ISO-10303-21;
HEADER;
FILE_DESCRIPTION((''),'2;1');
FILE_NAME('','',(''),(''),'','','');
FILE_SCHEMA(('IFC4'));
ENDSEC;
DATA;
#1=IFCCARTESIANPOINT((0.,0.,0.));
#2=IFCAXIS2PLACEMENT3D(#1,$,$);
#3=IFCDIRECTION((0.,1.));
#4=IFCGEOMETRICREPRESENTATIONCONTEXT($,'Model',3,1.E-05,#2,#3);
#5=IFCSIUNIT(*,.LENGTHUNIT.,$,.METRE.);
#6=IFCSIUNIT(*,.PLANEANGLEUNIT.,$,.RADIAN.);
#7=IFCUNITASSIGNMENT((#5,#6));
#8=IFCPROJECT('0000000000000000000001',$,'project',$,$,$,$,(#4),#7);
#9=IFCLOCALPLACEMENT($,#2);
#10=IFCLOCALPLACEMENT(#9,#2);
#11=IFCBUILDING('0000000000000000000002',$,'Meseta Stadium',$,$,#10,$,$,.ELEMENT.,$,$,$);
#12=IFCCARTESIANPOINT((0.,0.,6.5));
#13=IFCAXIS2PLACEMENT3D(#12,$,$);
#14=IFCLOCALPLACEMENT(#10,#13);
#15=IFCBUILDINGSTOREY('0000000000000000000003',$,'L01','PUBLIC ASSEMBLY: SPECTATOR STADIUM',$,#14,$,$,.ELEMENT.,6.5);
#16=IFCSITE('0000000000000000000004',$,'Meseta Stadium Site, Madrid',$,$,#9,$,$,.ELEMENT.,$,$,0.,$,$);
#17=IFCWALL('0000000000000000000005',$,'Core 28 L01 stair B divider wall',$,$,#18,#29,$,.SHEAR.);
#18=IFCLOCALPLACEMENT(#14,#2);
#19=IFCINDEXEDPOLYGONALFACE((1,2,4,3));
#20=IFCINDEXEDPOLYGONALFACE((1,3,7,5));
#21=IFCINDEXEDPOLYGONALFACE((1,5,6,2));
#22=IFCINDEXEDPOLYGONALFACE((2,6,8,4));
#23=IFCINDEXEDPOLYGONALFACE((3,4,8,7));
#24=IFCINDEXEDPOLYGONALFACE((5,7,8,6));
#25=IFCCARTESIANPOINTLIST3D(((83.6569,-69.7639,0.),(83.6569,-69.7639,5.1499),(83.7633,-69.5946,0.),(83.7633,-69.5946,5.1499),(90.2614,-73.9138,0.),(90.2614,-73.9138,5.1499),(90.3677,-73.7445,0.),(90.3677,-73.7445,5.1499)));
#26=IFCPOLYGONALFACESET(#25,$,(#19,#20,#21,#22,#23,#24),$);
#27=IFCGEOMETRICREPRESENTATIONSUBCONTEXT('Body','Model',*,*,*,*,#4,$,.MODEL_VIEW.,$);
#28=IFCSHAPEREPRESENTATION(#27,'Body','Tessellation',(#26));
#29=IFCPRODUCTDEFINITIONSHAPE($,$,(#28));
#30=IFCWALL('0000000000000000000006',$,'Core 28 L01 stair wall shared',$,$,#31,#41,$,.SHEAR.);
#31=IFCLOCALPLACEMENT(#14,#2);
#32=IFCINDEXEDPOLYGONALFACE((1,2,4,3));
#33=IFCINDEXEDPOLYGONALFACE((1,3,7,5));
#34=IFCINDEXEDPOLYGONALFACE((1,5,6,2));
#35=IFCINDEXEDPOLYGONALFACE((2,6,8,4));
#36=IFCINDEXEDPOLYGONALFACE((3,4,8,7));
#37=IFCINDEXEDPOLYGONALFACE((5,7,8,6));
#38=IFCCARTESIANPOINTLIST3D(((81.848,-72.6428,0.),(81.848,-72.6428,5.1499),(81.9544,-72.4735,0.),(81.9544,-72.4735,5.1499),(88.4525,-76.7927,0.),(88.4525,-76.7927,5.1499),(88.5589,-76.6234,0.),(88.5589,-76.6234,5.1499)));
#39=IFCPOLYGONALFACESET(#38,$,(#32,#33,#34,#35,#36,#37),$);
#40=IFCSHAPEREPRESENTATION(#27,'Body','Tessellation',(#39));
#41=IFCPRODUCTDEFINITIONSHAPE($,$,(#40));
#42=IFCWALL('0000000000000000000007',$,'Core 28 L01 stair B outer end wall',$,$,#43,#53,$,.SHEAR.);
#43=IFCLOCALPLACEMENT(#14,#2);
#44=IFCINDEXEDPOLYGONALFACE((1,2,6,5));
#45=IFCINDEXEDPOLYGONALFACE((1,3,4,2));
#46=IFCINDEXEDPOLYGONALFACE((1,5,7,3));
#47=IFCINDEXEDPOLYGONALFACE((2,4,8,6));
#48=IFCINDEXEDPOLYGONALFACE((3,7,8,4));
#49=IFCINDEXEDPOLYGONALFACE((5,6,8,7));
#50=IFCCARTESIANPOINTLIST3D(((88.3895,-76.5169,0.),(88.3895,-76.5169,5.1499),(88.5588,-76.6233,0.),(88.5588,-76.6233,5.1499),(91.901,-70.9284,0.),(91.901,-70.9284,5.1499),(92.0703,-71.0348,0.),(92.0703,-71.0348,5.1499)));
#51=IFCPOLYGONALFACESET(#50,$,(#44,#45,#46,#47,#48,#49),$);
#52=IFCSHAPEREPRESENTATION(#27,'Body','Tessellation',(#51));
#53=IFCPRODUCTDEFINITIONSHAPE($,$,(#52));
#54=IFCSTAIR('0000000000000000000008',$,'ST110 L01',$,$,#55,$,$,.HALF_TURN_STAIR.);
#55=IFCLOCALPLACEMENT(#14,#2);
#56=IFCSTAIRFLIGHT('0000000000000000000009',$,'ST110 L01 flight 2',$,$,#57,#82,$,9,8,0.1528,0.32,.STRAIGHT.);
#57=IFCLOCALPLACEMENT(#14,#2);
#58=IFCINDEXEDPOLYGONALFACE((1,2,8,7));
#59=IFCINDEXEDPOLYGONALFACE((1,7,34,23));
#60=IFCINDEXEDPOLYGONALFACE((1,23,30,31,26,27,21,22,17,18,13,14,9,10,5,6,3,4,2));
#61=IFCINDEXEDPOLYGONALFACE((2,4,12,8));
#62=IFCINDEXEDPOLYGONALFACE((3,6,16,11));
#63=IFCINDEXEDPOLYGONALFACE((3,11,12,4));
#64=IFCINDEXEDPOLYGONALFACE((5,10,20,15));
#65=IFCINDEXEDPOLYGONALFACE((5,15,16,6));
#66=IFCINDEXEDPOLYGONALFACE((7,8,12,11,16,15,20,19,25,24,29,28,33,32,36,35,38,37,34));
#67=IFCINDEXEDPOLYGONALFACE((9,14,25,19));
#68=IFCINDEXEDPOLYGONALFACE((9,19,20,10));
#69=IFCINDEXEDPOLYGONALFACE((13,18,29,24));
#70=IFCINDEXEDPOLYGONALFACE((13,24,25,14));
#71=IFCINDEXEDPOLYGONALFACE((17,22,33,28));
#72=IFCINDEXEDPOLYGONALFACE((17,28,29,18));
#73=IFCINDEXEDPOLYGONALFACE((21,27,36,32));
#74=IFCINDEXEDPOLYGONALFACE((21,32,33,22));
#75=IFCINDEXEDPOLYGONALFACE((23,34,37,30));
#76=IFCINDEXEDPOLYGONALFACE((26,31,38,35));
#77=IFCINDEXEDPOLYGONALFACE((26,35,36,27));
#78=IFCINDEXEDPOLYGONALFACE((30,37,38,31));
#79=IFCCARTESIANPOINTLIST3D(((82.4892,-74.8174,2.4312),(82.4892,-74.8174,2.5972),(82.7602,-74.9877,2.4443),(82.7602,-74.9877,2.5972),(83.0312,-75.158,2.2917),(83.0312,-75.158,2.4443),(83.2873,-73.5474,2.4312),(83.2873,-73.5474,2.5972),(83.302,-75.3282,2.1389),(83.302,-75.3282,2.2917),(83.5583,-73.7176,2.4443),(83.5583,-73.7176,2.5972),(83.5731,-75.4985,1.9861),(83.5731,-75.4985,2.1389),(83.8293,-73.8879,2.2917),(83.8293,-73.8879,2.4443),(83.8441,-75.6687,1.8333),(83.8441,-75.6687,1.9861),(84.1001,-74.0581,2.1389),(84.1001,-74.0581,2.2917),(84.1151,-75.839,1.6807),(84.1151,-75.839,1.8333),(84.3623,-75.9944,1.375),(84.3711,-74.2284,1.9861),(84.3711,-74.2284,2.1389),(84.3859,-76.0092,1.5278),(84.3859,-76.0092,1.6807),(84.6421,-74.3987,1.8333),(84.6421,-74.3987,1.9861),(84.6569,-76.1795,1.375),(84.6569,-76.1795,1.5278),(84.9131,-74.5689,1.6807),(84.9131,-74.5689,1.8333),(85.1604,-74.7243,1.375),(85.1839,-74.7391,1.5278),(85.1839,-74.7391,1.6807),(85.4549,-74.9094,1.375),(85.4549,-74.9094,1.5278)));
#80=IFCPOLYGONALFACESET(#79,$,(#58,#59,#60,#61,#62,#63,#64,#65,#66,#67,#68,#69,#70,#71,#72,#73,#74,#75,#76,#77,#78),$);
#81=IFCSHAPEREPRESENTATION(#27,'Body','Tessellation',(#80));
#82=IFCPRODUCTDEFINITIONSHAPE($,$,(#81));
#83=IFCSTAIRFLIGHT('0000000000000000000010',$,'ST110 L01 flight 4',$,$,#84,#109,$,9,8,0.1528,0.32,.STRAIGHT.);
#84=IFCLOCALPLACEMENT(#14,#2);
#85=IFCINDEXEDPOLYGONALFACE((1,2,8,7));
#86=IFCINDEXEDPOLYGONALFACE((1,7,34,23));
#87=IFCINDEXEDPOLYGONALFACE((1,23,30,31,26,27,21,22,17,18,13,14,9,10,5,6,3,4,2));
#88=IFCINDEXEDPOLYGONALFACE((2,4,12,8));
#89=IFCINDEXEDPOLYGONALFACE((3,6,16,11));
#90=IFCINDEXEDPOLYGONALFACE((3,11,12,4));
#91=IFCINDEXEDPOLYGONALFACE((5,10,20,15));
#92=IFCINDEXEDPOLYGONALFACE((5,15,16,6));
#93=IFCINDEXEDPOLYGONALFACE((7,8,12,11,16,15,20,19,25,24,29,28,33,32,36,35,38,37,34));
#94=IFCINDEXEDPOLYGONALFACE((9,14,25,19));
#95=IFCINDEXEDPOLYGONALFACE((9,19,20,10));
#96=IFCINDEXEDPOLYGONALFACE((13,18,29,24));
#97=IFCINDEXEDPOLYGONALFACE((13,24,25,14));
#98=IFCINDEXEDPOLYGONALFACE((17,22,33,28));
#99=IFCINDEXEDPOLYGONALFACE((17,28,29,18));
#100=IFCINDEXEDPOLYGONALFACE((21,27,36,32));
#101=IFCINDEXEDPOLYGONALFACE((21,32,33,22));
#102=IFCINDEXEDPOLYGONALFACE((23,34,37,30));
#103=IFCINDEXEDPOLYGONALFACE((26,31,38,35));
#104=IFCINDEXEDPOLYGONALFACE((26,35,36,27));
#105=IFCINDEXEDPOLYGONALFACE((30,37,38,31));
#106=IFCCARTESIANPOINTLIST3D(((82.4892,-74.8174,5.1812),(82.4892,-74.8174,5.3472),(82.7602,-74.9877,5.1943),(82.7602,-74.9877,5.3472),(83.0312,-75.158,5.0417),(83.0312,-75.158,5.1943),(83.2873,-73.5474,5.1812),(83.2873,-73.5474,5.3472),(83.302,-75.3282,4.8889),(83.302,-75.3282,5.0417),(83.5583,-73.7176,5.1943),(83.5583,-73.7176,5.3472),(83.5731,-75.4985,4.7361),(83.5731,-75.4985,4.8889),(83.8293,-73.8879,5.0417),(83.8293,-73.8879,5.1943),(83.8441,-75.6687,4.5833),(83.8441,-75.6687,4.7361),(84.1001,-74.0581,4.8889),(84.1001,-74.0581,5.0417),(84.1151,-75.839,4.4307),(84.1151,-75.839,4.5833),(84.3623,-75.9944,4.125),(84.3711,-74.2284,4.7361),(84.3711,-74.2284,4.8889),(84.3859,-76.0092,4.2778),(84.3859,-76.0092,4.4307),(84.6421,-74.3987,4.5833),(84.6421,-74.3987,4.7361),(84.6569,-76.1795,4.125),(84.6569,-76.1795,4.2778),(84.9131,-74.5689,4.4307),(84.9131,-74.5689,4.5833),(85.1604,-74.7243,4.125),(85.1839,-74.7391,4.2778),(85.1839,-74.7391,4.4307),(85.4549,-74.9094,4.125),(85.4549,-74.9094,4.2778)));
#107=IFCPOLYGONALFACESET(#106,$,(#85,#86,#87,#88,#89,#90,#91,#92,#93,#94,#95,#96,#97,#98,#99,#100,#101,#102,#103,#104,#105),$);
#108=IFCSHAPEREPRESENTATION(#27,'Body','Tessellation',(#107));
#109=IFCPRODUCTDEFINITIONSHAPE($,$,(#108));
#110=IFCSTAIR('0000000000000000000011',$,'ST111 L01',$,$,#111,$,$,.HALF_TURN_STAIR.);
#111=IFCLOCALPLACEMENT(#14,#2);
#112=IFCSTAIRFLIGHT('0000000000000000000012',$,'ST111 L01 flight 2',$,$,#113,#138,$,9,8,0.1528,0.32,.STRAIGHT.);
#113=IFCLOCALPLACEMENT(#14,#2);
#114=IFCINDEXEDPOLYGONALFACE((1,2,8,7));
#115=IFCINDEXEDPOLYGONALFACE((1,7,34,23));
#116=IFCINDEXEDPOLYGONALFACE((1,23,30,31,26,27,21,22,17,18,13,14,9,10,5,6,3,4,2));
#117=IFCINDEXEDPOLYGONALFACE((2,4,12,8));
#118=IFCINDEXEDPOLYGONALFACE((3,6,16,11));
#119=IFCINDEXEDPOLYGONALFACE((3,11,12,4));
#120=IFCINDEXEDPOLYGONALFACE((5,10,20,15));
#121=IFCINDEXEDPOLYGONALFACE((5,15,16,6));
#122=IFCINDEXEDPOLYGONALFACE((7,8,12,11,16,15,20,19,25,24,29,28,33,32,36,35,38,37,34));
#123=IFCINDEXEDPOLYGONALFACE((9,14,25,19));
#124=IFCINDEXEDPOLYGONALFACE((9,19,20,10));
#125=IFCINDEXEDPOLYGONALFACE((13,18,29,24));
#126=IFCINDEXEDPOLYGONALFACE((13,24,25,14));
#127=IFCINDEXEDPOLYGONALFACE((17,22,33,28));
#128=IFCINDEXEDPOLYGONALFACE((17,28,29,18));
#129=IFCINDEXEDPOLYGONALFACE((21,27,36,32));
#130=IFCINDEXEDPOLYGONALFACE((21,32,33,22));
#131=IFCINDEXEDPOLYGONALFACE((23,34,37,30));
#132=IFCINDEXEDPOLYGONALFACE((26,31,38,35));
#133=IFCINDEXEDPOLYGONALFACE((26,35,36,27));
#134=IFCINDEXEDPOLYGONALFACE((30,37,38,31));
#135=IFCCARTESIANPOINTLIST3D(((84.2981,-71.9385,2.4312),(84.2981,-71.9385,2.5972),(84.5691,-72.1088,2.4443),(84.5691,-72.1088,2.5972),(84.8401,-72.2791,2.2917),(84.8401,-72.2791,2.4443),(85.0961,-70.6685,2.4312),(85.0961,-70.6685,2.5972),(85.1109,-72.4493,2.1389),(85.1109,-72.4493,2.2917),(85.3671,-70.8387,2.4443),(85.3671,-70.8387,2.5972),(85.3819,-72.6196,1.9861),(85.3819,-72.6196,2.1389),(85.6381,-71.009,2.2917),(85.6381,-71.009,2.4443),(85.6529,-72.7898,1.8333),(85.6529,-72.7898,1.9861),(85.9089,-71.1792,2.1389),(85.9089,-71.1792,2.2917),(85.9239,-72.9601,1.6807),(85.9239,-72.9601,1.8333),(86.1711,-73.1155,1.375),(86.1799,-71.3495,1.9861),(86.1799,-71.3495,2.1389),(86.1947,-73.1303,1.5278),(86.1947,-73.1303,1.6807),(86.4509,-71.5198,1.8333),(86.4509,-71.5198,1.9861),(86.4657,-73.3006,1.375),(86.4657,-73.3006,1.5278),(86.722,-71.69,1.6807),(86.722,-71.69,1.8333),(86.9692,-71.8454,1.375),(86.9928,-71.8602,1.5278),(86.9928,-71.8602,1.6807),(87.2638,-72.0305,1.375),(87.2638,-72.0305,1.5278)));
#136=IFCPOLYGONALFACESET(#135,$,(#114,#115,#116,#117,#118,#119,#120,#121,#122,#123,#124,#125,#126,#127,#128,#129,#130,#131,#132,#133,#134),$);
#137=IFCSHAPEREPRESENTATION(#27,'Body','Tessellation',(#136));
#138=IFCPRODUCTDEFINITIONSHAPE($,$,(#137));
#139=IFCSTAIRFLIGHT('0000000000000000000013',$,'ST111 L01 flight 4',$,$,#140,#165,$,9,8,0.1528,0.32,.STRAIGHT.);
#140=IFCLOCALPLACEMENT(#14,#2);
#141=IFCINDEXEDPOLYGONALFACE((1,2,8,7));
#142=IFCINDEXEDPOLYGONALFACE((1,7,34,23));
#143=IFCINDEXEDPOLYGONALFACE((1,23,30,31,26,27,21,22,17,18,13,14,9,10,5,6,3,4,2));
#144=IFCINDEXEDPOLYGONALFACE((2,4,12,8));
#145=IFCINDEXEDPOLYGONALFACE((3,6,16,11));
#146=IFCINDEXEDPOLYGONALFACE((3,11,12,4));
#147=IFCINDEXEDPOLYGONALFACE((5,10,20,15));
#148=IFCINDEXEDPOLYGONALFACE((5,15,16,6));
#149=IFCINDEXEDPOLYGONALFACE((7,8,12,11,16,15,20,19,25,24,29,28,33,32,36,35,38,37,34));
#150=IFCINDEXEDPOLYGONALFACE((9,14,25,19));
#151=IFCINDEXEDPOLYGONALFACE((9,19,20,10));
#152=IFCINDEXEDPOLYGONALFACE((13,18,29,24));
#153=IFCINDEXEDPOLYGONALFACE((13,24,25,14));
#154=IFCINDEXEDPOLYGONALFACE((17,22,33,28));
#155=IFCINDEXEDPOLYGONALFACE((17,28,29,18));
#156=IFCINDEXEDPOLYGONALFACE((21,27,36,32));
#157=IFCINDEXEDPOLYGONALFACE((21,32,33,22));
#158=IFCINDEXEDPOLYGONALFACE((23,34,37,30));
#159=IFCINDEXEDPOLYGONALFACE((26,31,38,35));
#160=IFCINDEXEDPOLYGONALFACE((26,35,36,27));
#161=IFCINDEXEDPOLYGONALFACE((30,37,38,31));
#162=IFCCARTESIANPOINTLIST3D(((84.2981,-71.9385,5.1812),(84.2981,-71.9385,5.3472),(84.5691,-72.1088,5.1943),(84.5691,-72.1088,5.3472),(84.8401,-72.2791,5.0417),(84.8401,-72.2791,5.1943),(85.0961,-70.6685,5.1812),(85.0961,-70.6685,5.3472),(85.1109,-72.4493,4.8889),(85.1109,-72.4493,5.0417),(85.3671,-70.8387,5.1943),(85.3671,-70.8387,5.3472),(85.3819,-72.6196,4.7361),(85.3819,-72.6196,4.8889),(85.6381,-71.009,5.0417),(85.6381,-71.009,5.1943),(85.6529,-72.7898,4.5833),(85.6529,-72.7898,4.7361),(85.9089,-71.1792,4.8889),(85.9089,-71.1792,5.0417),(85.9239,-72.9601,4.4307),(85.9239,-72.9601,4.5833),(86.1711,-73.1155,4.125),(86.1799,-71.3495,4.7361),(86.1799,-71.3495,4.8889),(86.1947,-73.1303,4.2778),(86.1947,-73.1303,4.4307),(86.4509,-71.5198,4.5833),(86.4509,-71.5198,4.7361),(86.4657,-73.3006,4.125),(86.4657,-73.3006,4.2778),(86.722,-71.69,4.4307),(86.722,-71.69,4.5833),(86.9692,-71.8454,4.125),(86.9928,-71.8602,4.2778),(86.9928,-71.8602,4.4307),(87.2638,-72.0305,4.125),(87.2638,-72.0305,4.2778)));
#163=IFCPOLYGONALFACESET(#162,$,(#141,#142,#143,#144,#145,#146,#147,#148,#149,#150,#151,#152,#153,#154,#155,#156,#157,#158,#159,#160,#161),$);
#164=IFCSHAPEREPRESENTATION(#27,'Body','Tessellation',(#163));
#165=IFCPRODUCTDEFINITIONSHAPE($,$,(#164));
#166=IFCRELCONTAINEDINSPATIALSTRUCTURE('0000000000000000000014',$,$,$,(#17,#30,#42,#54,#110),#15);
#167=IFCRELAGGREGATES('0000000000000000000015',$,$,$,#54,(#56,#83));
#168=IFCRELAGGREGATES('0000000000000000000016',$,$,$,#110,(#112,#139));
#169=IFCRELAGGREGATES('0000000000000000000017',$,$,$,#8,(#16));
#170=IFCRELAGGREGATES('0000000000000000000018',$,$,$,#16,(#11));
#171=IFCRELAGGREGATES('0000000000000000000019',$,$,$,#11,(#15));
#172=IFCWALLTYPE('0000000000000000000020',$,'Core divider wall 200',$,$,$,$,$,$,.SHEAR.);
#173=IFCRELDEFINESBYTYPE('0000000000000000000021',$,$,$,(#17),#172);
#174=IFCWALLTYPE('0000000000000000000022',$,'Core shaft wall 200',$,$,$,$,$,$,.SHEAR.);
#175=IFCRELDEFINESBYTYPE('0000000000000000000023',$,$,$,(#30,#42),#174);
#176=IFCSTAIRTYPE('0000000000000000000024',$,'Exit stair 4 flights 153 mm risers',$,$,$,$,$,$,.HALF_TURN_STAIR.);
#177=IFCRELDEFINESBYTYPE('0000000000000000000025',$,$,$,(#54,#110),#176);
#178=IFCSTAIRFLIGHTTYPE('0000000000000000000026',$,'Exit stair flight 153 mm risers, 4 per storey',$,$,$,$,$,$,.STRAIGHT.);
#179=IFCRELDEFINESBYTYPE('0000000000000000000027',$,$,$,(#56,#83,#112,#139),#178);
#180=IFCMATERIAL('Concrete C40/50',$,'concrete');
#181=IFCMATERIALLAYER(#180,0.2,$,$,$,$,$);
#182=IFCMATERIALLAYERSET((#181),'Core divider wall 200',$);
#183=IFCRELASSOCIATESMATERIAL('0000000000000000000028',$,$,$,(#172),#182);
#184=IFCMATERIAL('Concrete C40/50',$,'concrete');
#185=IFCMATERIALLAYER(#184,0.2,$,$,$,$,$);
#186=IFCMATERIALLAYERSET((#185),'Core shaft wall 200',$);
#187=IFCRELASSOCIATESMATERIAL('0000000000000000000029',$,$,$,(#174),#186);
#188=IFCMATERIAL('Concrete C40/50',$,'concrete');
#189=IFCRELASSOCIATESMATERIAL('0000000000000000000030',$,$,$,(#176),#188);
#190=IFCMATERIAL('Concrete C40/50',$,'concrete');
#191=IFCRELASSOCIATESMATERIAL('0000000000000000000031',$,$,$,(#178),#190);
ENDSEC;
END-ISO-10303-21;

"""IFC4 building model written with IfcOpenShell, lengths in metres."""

from ifc_helpers import new_model, si_unit, direction, frame, frame_2d, origin, place, context, subcontext, project, spatial, polyline, rectangle, outline, extrude, material, layer, layer_set, type_object, element, aggregate, save


model = new_model("IFC4")

# Units and contexts
model_context = context("Model", 3, precision=1e-05, world=origin(), true_north=direction((0.0, 1.0)))
body_context = subcontext(model_context, "Body", "Model", "MODEL_VIEW")
ifc_project = project(units=[si_unit("LENGTHUNIT", "METRE"), si_unit("PLANEANGLEUNIT", "RADIAN")], contexts=[model_context])

# Site, building, storey
site_placement = place(None, origin())
site = spatial("IfcSite", under=ifc_project, at=site_placement, Name="Meseta Stadium Site, Madrid", CompositionType="ELEMENT", RefElevation=0.0)
building_placement = place(site_placement, origin())
building = spatial("IfcBuilding", under=site, at=building_placement, Name="Meseta Stadium", CompositionType="ELEMENT")
storey_placement = place(building_placement, frame((0.0, 0.0, 6.5)))
storey = spatial("IfcBuildingStorey", under=building, at=storey_placement, Name="L01", Description="PUBLIC ASSEMBLY: SPECTATOR STADIUM", CompositionType="ELEMENT", Elevation=6.5)

# Walls
ifc_material_1 = material(Name="Concrete C40/50", Category="concrete")
ifc_layer_1 = layer(ifc_material_1, 0.2)
ifc_layer_set_1 = layer_set([ifc_layer_1], Name="Core divider wall 200")
wall_type_1 = type_object("IfcWallType", Name="Core divider wall 200", PredefinedType="SHEAR", material=ifc_layer_set_1)
wall_1_placement = place(storey_placement, frame((90.3145, -73.8291, 0.0), z_axis=(0.0, 0.0, 1.0), x_axis=(-0.846723, 0.532034, 0.0)))
element("IfcWall", 1, at=wall_1_placement, inside=storey, type_object=wall_type_1, Name="Core 28 L01 stair B divider wall", PredefinedType="SHEAR", context=body_context, shape_type="SweptSolid", body=[
    extrude(rectangle(XDim=7.8, YDim=0.2, at=frame_2d((3.8999, 0.0))), origin(), (0.0, 0.0, 1.0), 5.1499),
])
ifc_material_2 = material(Name="Concrete C40/50", Category="concrete")
ifc_layer_2 = layer(ifc_material_2, 0.2)
ifc_layer_set_2 = layer_set([ifc_layer_2], Name="Core shaft wall 200")
wall_type_2 = type_object("IfcWallType", Name="Core shaft wall 200", PredefinedType="SHEAR", material=ifc_layer_set_2)
wall_2_placement = place(storey_placement, frame((88.5056, -76.708, 0.0), z_axis=(0.0, 0.0, 1.0), x_axis=(-0.846723, 0.532034, 0.0)))
element("IfcWall", 2, at=wall_2_placement, inside=storey, type_object=wall_type_2, Name="Core 28 L01 stair wall shared", PredefinedType="SHEAR", context=body_context, shape_type="SweptSolid", body=[
    extrude(rectangle(XDim=7.8, YDim=0.2, at=frame_2d((3.8999, 0.0))), origin(), (0.0, 0.0, 1.0), 5.1499),
])
wall_3_placement = place(storey_placement, frame((88.4741, -76.5701, 0.0), z_axis=(0.0, 0.0, 1.0), x_axis=(0.532039, 0.84672, 0.0)))
element("IfcWall", 3, at=wall_3_placement, inside=storey, type_object=wall_type_2, Name="Core 28 L01 stair B outer end wall", PredefinedType="SHEAR", context=body_context, shape_type="SweptSolid", body=[
    extrude(rectangle(XDim=6.6001, YDim=0.2, at=frame_2d((3.3, 0.0))), origin(), (0.0, 0.0, 1.0), 5.1499),
])

# Stairs, stair flights
ifc_material_3 = material(Name="Concrete C40/50", Category="concrete")
stair_type = type_object("IfcStairType", Name="Exit stair 4 flights 153 mm risers", PredefinedType="HALF_TURN_STAIR", material=ifc_material_3)
stair_1_placement = place(storey_placement, origin())
stair_1 = element("IfcStair", 4, at=stair_1_placement, inside=storey, type_object=stair_type, Name="ST110 L01", PredefinedType="HALF_TURN_STAIR")
ifc_material_4 = material(Name="Concrete C40/50", Category="concrete")
stair_flight_type = type_object("IfcStairFlightType", Name="Exit stair flight 153 mm risers, 4 per storey", PredefinedType="STRAIGHT", material=ifc_material_4)
stair_flight_1_placement = place(storey_placement, frame((85.0559, -75.5444, 1.375), z_axis=(0.0, 0.0, 1.0), x_axis=(-0.846724, 0.532032, 0.0)))
stair_flight_1 = element("IfcStairFlight", 5, at=stair_flight_1_placement, type_object=stair_flight_type, Name="ST110 L01 flight 2", NumberOfRisers=9, NumberOfTreads=8, PredefinedType="STRAIGHT", RiserHeight=0.1528, TreadLength=0.32, context=body_context, shape_type="SweptSolid", body=[
    extrude(outline(polyline([(0.0, 0.0), (0.0, 0.1528), (0.3201, 0.1528), (0.3201, 0.3057), (0.6399, 0.3057), (0.6399, 0.4583), (0.96, 0.4583), (0.96, 0.6111), (1.28, 0.6111), (1.28, 0.7639), (1.6001, 0.7639), (1.6001, 0.9167), (1.9199, 0.9167), (1.9199, 1.0693), (2.24, 1.0693), (2.24, 1.2222), (2.5601, 1.2222), (2.5601, 1.0562), (0.3479, 0.0), (0.0, 0.0)])), frame((0.0, 0.75, 0.0), z_axis=(0.0, -1.0, 0.0), x_axis=(1.0, 0.0, 0.0)), (0.0, 0.0, 1.0), 1.5),
])
stair_flight_2_placement = place(storey_placement, frame((85.0559, -75.5444, 4.125), z_axis=(0.0, 0.0, 1.0), x_axis=(-0.846724, 0.532032, 0.0)))
stair_flight_2 = element("IfcStairFlight", 6, at=stair_flight_2_placement, type_object=stair_flight_type, Name="ST110 L01 flight 4", NumberOfRisers=9, NumberOfTreads=8, PredefinedType="STRAIGHT", RiserHeight=0.1528, TreadLength=0.32, context=body_context, shape_type="SweptSolid", body=[
    extrude(outline(polyline([(0.0, 0.0), (0.0, 0.1528), (0.3201, 0.1528), (0.3201, 0.3057), (0.6399, 0.3057), (0.6399, 0.4583), (0.96, 0.4583), (0.96, 0.6111), (1.28, 0.6111), (1.28, 0.7639), (1.6001, 0.7639), (1.6001, 0.9167), (1.9199, 0.9167), (1.9199, 1.0693), (2.24, 1.0693), (2.24, 1.2222), (2.5601, 1.2222), (2.5601, 1.0562), (0.3479, 0.0), (0.0, 0.0)])), frame((0.0, 0.75, 0.0), z_axis=(0.0, -1.0, 0.0), x_axis=(1.0, 0.0, 0.0)), (0.0, 0.0, 1.0), 1.5),
])
aggregate(stair_1, [stair_flight_1, stair_flight_2])
stair_2_placement = place(storey_placement, origin())
stair_2 = element("IfcStair", 7, at=stair_2_placement, inside=storey, type_object=stair_type, Name="ST111 L01", PredefinedType="HALF_TURN_STAIR")
stair_flight_3_placement = place(storey_placement, frame((86.8647, -72.6655, 1.375), z_axis=(0.0, 0.0, 1.0), x_axis=(-0.846724, 0.532032, 0.0)))
stair_flight_3 = element("IfcStairFlight", 8, at=stair_flight_3_placement, type_object=stair_flight_type, Name="ST111 L01 flight 2", NumberOfRisers=9, NumberOfTreads=8, PredefinedType="STRAIGHT", RiserHeight=0.1528, TreadLength=0.32, context=body_context, shape_type="SweptSolid", body=[
    extrude(outline(polyline([(0.0, 0.0), (0.0, 0.1528), (0.3201, 0.1528), (0.3201, 0.3057), (0.6399, 0.3057), (0.6399, 0.4583), (0.96, 0.4583), (0.96, 0.6111), (1.28, 0.6111), (1.28, 0.7639), (1.6001, 0.7639), (1.6001, 0.9167), (1.9199, 0.9167), (1.9199, 1.0693), (2.24, 1.0693), (2.24, 1.2222), (2.5601, 1.2222), (2.5601, 1.0562), (0.3479, 0.0), (0.0, 0.0)])), frame((0.0, 0.75, 0.0), z_axis=(0.0, -1.0, 0.0), x_axis=(1.0, 0.0, 0.0)), (0.0, 0.0, 1.0), 1.5),
])
stair_flight_4_placement = place(storey_placement, frame((86.8647, -72.6655, 4.125), z_axis=(0.0, 0.0, 1.0), x_axis=(-0.846724, 0.532032, 0.0)))
stair_flight_4 = element("IfcStairFlight", 9, at=stair_flight_4_placement, type_object=stair_flight_type, Name="ST111 L01 flight 4", NumberOfRisers=9, NumberOfTreads=8, PredefinedType="STRAIGHT", RiserHeight=0.1528, TreadLength=0.32, context=body_context, shape_type="SweptSolid", body=[
    extrude(outline(polyline([(0.0, 0.0), (0.0, 0.1528), (0.3201, 0.1528), (0.3201, 0.3057), (0.6399, 0.3057), (0.6399, 0.4583), (0.96, 0.4583), (0.96, 0.6111), (1.28, 0.6111), (1.28, 0.7639), (1.6001, 0.7639), (1.6001, 0.9167), (1.9199, 0.9167), (1.9199, 1.0693), (2.24, 1.0693), (2.24, 1.2222), (2.5601, 1.2222), (2.5601, 1.0562), (0.3479, 0.0), (0.0, 0.0)])), frame((0.0, 0.75, 0.0), z_axis=(0.0, -1.0, 0.0), x_axis=(1.0, 0.0, 0.0)), (0.0, 0.0, 1.0), 1.5),
])
aggregate(stair_2, [stair_flight_3, stair_flight_4])

save(model, "model.ifc")
